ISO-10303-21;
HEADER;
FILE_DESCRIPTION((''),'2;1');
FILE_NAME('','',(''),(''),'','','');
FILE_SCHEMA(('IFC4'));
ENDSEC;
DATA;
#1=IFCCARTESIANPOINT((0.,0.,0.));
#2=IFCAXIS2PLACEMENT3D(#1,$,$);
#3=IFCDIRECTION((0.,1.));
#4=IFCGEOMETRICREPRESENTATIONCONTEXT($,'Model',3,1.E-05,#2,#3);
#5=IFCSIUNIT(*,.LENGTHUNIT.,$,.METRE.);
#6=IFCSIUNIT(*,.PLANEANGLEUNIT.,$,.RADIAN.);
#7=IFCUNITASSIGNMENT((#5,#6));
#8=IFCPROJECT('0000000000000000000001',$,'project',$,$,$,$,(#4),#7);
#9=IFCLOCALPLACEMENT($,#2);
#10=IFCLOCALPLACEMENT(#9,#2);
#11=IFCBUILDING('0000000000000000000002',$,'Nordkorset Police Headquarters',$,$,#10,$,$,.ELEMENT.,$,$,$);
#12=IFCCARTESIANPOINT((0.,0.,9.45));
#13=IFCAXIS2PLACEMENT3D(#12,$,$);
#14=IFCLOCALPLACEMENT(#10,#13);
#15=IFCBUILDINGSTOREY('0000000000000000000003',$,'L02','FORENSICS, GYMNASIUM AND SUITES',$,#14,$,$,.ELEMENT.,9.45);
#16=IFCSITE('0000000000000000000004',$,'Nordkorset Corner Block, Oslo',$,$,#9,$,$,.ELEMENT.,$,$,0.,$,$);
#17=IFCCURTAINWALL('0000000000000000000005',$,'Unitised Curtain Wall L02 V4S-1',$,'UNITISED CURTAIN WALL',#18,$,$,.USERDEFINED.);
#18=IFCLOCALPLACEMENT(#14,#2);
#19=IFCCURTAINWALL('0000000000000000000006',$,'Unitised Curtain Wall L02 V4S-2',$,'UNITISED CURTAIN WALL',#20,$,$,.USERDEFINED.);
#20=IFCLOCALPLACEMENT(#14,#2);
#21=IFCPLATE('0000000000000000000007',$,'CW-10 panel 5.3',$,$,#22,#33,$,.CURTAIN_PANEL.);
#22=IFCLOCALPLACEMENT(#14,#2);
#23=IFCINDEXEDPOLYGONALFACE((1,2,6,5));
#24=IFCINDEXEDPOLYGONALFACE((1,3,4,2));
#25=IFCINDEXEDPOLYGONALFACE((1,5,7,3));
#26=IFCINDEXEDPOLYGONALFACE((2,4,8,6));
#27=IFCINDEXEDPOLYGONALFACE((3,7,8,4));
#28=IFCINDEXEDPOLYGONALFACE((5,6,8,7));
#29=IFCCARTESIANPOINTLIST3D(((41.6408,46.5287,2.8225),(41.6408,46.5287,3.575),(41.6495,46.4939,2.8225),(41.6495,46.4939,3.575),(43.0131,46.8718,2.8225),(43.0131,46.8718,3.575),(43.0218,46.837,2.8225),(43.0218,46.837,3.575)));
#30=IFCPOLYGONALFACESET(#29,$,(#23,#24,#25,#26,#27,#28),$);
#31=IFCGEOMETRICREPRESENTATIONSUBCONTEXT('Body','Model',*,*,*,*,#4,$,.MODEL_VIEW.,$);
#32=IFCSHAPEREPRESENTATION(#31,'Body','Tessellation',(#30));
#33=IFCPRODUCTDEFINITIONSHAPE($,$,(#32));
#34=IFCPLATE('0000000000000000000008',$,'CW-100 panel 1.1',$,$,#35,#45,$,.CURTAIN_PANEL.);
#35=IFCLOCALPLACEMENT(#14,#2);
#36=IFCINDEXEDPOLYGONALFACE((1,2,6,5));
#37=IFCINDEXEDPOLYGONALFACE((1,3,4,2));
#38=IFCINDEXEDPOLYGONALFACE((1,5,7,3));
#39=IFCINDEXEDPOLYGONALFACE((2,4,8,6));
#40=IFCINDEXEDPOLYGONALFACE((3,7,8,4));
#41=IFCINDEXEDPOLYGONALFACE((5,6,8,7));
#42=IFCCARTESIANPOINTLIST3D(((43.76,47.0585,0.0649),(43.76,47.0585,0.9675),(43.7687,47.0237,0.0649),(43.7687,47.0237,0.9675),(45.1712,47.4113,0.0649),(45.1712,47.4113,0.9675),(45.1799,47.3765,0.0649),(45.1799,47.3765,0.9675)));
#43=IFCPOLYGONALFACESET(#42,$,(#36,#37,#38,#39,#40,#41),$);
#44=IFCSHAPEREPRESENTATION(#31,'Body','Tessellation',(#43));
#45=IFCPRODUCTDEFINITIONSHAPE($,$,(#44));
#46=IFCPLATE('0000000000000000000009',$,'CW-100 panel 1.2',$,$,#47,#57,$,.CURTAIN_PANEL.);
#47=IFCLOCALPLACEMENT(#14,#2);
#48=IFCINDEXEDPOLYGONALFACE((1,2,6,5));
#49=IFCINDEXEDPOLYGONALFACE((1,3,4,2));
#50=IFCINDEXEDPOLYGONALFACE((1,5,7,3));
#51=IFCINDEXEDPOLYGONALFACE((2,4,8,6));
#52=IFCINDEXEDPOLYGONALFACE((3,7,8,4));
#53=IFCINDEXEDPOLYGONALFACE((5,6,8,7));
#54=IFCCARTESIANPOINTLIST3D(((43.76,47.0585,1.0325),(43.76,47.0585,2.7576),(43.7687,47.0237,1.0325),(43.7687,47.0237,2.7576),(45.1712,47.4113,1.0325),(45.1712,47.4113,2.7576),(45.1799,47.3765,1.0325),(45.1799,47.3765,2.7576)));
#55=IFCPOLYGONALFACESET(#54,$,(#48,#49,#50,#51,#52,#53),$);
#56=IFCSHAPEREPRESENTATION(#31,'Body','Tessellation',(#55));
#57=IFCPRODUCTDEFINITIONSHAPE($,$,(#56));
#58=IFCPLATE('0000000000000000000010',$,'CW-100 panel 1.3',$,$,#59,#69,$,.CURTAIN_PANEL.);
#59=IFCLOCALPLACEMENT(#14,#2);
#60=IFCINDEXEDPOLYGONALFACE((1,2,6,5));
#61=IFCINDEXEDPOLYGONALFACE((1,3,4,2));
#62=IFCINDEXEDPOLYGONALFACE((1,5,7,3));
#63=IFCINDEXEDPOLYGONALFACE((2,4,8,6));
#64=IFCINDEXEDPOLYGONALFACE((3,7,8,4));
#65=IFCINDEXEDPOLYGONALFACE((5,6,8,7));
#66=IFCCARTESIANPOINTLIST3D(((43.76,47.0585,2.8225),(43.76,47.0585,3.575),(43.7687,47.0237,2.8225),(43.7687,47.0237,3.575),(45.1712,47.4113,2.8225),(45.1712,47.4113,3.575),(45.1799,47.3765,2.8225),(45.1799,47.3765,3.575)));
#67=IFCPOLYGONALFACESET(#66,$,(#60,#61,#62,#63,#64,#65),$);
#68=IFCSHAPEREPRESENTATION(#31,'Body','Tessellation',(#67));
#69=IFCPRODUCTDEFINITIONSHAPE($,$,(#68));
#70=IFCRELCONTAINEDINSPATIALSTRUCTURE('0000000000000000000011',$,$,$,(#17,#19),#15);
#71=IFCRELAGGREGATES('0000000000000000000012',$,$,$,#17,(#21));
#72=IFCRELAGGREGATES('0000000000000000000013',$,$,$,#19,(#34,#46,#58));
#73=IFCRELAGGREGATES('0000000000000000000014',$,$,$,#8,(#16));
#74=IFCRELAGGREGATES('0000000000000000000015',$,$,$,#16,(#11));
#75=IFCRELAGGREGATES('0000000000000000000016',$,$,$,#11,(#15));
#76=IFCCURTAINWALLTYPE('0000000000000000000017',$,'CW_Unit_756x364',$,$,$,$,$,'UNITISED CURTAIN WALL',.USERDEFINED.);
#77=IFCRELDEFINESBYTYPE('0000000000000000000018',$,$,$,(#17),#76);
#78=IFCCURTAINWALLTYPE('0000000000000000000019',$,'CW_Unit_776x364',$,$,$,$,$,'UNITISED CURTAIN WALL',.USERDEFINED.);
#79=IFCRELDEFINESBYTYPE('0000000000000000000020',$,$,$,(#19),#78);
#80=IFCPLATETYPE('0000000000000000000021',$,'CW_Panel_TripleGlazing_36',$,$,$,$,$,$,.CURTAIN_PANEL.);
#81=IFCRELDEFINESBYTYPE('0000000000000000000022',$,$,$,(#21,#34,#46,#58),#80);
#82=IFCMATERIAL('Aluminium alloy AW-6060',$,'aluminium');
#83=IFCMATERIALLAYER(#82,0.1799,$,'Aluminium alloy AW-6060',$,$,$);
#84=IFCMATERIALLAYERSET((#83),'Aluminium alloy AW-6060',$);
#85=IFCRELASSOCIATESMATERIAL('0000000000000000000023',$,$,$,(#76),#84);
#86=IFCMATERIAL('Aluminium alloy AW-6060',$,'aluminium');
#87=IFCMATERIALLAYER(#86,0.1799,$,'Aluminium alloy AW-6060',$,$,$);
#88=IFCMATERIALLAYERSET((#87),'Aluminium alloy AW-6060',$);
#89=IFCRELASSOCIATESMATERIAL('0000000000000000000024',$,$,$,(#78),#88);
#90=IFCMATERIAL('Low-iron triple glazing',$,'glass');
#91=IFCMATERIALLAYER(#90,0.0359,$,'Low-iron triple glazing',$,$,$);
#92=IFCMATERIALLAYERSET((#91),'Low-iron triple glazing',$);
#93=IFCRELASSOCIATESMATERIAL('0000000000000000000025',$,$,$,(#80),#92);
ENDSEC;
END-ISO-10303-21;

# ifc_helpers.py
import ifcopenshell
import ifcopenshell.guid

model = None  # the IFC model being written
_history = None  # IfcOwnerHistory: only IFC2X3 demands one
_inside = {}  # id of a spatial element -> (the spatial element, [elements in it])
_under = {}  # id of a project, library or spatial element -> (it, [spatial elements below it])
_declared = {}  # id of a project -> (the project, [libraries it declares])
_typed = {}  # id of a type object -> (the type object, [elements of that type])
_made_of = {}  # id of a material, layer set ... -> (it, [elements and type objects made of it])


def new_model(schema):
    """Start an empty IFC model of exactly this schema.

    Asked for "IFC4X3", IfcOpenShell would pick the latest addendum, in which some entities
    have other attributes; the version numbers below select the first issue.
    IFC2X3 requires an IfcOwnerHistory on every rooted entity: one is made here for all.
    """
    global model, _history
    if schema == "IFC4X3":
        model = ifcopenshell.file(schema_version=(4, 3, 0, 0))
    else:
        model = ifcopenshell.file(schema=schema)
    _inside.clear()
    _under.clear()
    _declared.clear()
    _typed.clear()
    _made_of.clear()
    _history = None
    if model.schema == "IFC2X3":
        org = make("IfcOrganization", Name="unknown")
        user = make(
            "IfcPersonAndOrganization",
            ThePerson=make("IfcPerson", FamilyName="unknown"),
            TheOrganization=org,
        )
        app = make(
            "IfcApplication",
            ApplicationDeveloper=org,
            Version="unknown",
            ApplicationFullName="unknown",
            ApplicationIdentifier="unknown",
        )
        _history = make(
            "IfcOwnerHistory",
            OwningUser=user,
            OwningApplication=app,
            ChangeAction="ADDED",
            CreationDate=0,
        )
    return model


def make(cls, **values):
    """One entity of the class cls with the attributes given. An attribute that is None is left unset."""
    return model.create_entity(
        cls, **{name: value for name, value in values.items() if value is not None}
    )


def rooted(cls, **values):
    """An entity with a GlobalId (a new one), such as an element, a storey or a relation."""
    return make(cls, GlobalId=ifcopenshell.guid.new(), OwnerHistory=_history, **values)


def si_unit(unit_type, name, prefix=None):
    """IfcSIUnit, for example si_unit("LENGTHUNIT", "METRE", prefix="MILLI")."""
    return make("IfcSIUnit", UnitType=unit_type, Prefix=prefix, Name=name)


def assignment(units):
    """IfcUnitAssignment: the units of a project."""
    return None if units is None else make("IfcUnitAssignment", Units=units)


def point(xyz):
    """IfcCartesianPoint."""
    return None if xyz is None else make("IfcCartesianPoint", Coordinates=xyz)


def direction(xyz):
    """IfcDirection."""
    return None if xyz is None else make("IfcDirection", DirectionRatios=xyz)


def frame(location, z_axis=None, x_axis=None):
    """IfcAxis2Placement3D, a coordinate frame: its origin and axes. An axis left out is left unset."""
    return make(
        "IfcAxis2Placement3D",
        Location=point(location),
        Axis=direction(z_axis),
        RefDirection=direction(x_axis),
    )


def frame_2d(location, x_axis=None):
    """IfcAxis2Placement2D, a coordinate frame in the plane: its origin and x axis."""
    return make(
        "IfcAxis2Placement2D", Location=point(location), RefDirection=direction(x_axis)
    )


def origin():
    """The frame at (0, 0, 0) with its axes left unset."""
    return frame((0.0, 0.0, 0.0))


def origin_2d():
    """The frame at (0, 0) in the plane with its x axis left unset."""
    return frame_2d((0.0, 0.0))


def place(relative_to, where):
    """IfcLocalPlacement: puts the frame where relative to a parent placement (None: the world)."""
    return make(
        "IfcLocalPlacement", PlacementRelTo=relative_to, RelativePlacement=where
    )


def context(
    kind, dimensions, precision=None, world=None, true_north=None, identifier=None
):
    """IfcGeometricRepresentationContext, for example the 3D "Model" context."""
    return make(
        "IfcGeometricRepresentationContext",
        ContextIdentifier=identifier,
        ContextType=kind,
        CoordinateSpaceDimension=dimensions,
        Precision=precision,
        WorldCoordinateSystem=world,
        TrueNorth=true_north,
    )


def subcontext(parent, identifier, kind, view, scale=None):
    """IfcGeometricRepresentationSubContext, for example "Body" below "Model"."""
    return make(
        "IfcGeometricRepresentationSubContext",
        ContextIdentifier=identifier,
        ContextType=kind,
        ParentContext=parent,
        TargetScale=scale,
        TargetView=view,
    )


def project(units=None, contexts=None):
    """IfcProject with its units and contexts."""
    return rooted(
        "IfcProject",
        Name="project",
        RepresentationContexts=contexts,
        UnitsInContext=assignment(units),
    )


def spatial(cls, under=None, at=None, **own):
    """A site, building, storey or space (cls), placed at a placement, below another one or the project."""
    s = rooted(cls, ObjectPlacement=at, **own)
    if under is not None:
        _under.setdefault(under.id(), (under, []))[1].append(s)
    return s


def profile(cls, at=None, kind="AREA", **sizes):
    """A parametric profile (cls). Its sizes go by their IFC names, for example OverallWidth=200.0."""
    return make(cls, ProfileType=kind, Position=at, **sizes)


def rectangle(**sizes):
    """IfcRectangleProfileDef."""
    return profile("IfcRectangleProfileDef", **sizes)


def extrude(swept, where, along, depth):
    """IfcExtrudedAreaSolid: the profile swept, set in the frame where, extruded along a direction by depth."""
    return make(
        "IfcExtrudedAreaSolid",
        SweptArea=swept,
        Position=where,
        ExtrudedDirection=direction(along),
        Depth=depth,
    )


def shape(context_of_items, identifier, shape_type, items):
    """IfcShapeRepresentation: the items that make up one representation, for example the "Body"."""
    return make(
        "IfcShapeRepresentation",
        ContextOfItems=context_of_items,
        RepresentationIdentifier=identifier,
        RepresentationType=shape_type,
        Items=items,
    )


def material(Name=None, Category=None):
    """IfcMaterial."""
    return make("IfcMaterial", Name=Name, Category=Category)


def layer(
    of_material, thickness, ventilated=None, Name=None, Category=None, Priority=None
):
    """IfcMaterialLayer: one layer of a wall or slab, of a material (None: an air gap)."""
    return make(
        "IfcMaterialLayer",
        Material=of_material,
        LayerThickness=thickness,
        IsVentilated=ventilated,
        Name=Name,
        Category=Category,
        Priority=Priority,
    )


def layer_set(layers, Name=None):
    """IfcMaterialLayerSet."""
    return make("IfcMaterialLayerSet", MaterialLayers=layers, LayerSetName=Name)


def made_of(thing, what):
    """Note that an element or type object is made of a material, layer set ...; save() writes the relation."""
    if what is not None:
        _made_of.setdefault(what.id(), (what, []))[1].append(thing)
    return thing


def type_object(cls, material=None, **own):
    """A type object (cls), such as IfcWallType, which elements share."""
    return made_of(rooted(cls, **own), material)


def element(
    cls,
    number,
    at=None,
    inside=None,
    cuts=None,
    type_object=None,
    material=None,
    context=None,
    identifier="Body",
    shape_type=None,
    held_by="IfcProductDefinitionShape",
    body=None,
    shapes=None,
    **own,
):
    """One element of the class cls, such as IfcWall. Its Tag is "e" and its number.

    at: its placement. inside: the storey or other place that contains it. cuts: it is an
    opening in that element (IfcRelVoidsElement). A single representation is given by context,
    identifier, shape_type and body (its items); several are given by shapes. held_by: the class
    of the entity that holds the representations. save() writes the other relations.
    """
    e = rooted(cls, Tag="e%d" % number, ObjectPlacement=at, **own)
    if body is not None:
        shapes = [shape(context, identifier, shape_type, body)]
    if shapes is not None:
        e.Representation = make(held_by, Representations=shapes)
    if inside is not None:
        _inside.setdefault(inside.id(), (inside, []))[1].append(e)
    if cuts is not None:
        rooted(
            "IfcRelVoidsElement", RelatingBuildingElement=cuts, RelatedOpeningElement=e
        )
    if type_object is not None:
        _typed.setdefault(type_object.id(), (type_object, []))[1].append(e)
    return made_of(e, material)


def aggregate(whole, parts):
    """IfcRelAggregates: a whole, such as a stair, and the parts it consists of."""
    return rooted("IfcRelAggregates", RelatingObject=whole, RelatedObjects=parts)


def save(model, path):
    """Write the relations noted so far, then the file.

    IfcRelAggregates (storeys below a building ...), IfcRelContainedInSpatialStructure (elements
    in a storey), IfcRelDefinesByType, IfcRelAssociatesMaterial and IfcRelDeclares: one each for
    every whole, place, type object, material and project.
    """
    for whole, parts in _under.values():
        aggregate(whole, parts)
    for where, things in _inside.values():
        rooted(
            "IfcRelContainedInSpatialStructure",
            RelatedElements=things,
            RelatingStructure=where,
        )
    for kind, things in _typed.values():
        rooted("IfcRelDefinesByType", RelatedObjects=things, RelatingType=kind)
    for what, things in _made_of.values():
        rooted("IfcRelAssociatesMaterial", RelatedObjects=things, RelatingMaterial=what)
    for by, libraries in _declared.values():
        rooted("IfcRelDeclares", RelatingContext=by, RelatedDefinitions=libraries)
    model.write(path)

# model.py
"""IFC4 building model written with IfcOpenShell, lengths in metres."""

from ifc_helpers import new_model, si_unit, direction, frame, origin, origin_2d, place, context, subcontext, project, spatial, rectangle, extrude, material, layer, layer_set, type_object, element, aggregate, save


model = new_model("IFC4")

# Units and contexts
model_context = context("Model", 3, precision=1e-05, world=origin(), true_north=direction((0.0, 1.0)))
body_context = subcontext(model_context, "Body", "Model", "MODEL_VIEW")
ifc_project = project(units=[si_unit("LENGTHUNIT", "METRE"), si_unit("PLANEANGLEUNIT", "RADIAN")], contexts=[model_context])

# Site, building, storey
site_placement = place(None, origin())
site = spatial("IfcSite", under=ifc_project, at=site_placement, Name="Nordkorset Corner Block, Oslo", CompositionType="ELEMENT", RefElevation=0.0)
building_placement = place(site_placement, origin())
building = spatial("IfcBuilding", under=site, at=building_placement, Name="Nordkorset Police Headquarters", CompositionType="ELEMENT")
storey_placement = place(building_placement, frame((0.0, 0.0, 9.45)))
storey = spatial("IfcBuildingStorey", under=building, at=storey_placement, Name="L02", Description="FORENSICS, GYMNASIUM AND SUITES", CompositionType="ELEMENT", Elevation=9.45)

# Curtain walls
ifc_material_1 = material(Name="Aluminium alloy AW-6060", Category="aluminium")
ifc_layer_1 = layer(ifc_material_1, 0.1799, Name="Aluminium alloy AW-6060")
ifc_layer_set_1 = layer_set([ifc_layer_1], Name="Aluminium alloy AW-6060")
curtain_wall_type_1 = type_object("IfcCurtainWallType", Name="CW_Unit_756x364", ElementType="UNITISED CURTAIN WALL", PredefinedType="USERDEFINED", material=ifc_layer_set_1)
curtain_wall_1_placement = place(storey_placement, origin())
curtain_wall_1 = element("IfcCurtainWall", 1, at=curtain_wall_1_placement, inside=storey, type_object=curtain_wall_type_1, Name="Unitised Curtain Wall L02 V4S-1", ObjectType="UNITISED CURTAIN WALL", PredefinedType="USERDEFINED")
ifc_material_2 = material(Name="Aluminium alloy AW-6060", Category="aluminium")
ifc_layer_2 = layer(ifc_material_2, 0.1799, Name="Aluminium alloy AW-6060")
ifc_layer_set_2 = layer_set([ifc_layer_2], Name="Aluminium alloy AW-6060")
curtain_wall_type_2 = type_object("IfcCurtainWallType", Name="CW_Unit_776x364", ElementType="UNITISED CURTAIN WALL", PredefinedType="USERDEFINED", material=ifc_layer_set_2)
curtain_wall_2_placement = place(storey_placement, origin())
curtain_wall_2 = element("IfcCurtainWall", 2, at=curtain_wall_2_placement, inside=storey, type_object=curtain_wall_type_2, Name="Unitised Curtain Wall L02 V4S-2", ObjectType="UNITISED CURTAIN WALL", PredefinedType="USERDEFINED")

# Plates
ifc_material_3 = material(Name="Low-iron triple glazing", Category="glass")
ifc_layer_3 = layer(ifc_material_3, 0.0359, Name="Low-iron triple glazing")
ifc_layer_set_3 = layer_set([ifc_layer_3], Name="Low-iron triple glazing")
plate_type = type_object("IfcPlateType", Name="CW_Panel_TripleGlazing_36", PredefinedType="CURTAIN_PANEL", material=ifc_layer_set_3)
plate_1_placement = place(storey_placement, frame((42.3313, 46.6829, 2.8225), z_axis=(0.0, 0.0, 1.0), x_axis=(0.970143, 0.242536, 0.0)))
plate_1 = element("IfcPlate", 3, at=plate_1_placement, type_object=plate_type, Name="CW-10 panel 5.3", PredefinedType="CURTAIN_PANEL", context=body_context, shape_type="SweptSolid", body=[
    extrude(rectangle(XDim=1.4146, YDim=0.0359, at=origin_2d()), origin(), (0.0, 0.0, 1.0), 0.7524),
])
aggregate(curtain_wall_1, [plate_1])
plate_2_placement = place(storey_placement, frame((44.47, 47.2175, 0.0649), z_axis=(0.0, 0.0, 1.0), x_axis=(0.970143, 0.242535, 0.0)))
plate_2 = element("IfcPlate", 4, at=plate_2_placement, type_object=plate_type, Name="CW-100 panel 1.1", PredefinedType="CURTAIN_PANEL", context=body_context, shape_type="SweptSolid", body=[
    extrude(rectangle(XDim=1.4546, YDim=0.0359, at=origin_2d()), origin(), (0.0, 0.0, 1.0), 0.9026),
])
plate_3_placement = place(storey_placement, frame((44.47, 47.2175, 1.0325), z_axis=(0.0, 0.0, 1.0), x_axis=(0.970143, 0.242535, 0.0)))
plate_3 = element("IfcPlate", 5, at=plate_3_placement, type_object=plate_type, Name="CW-100 panel 1.2", PredefinedType="CURTAIN_PANEL", context=body_context, shape_type="SweptSolid", body=[
    extrude(rectangle(XDim=1.4546, YDim=0.0359, at=origin_2d()), origin(), (0.0, 0.0, 1.0), 1.7251),
])
plate_4_placement = place(storey_placement, frame((44.47, 47.2175, 2.8225), z_axis=(0.0, 0.0, 1.0), x_axis=(0.970143, 0.242535, 0.0)))
plate_4 = element("IfcPlate", 6, at=plate_4_placement, type_object=plate_type, Name="CW-100 panel 1.3", PredefinedType="CURTAIN_PANEL", context=body_context, shape_type="SweptSolid", body=[
    extrude(rectangle(XDim=1.4546, YDim=0.0359, at=origin_2d()), origin(), (0.0, 0.0, 1.0), 0.7524),
])
aggregate(curtain_wall_2, [plate_2, plate_3, plate_4])

save(model, "model.ifc")
